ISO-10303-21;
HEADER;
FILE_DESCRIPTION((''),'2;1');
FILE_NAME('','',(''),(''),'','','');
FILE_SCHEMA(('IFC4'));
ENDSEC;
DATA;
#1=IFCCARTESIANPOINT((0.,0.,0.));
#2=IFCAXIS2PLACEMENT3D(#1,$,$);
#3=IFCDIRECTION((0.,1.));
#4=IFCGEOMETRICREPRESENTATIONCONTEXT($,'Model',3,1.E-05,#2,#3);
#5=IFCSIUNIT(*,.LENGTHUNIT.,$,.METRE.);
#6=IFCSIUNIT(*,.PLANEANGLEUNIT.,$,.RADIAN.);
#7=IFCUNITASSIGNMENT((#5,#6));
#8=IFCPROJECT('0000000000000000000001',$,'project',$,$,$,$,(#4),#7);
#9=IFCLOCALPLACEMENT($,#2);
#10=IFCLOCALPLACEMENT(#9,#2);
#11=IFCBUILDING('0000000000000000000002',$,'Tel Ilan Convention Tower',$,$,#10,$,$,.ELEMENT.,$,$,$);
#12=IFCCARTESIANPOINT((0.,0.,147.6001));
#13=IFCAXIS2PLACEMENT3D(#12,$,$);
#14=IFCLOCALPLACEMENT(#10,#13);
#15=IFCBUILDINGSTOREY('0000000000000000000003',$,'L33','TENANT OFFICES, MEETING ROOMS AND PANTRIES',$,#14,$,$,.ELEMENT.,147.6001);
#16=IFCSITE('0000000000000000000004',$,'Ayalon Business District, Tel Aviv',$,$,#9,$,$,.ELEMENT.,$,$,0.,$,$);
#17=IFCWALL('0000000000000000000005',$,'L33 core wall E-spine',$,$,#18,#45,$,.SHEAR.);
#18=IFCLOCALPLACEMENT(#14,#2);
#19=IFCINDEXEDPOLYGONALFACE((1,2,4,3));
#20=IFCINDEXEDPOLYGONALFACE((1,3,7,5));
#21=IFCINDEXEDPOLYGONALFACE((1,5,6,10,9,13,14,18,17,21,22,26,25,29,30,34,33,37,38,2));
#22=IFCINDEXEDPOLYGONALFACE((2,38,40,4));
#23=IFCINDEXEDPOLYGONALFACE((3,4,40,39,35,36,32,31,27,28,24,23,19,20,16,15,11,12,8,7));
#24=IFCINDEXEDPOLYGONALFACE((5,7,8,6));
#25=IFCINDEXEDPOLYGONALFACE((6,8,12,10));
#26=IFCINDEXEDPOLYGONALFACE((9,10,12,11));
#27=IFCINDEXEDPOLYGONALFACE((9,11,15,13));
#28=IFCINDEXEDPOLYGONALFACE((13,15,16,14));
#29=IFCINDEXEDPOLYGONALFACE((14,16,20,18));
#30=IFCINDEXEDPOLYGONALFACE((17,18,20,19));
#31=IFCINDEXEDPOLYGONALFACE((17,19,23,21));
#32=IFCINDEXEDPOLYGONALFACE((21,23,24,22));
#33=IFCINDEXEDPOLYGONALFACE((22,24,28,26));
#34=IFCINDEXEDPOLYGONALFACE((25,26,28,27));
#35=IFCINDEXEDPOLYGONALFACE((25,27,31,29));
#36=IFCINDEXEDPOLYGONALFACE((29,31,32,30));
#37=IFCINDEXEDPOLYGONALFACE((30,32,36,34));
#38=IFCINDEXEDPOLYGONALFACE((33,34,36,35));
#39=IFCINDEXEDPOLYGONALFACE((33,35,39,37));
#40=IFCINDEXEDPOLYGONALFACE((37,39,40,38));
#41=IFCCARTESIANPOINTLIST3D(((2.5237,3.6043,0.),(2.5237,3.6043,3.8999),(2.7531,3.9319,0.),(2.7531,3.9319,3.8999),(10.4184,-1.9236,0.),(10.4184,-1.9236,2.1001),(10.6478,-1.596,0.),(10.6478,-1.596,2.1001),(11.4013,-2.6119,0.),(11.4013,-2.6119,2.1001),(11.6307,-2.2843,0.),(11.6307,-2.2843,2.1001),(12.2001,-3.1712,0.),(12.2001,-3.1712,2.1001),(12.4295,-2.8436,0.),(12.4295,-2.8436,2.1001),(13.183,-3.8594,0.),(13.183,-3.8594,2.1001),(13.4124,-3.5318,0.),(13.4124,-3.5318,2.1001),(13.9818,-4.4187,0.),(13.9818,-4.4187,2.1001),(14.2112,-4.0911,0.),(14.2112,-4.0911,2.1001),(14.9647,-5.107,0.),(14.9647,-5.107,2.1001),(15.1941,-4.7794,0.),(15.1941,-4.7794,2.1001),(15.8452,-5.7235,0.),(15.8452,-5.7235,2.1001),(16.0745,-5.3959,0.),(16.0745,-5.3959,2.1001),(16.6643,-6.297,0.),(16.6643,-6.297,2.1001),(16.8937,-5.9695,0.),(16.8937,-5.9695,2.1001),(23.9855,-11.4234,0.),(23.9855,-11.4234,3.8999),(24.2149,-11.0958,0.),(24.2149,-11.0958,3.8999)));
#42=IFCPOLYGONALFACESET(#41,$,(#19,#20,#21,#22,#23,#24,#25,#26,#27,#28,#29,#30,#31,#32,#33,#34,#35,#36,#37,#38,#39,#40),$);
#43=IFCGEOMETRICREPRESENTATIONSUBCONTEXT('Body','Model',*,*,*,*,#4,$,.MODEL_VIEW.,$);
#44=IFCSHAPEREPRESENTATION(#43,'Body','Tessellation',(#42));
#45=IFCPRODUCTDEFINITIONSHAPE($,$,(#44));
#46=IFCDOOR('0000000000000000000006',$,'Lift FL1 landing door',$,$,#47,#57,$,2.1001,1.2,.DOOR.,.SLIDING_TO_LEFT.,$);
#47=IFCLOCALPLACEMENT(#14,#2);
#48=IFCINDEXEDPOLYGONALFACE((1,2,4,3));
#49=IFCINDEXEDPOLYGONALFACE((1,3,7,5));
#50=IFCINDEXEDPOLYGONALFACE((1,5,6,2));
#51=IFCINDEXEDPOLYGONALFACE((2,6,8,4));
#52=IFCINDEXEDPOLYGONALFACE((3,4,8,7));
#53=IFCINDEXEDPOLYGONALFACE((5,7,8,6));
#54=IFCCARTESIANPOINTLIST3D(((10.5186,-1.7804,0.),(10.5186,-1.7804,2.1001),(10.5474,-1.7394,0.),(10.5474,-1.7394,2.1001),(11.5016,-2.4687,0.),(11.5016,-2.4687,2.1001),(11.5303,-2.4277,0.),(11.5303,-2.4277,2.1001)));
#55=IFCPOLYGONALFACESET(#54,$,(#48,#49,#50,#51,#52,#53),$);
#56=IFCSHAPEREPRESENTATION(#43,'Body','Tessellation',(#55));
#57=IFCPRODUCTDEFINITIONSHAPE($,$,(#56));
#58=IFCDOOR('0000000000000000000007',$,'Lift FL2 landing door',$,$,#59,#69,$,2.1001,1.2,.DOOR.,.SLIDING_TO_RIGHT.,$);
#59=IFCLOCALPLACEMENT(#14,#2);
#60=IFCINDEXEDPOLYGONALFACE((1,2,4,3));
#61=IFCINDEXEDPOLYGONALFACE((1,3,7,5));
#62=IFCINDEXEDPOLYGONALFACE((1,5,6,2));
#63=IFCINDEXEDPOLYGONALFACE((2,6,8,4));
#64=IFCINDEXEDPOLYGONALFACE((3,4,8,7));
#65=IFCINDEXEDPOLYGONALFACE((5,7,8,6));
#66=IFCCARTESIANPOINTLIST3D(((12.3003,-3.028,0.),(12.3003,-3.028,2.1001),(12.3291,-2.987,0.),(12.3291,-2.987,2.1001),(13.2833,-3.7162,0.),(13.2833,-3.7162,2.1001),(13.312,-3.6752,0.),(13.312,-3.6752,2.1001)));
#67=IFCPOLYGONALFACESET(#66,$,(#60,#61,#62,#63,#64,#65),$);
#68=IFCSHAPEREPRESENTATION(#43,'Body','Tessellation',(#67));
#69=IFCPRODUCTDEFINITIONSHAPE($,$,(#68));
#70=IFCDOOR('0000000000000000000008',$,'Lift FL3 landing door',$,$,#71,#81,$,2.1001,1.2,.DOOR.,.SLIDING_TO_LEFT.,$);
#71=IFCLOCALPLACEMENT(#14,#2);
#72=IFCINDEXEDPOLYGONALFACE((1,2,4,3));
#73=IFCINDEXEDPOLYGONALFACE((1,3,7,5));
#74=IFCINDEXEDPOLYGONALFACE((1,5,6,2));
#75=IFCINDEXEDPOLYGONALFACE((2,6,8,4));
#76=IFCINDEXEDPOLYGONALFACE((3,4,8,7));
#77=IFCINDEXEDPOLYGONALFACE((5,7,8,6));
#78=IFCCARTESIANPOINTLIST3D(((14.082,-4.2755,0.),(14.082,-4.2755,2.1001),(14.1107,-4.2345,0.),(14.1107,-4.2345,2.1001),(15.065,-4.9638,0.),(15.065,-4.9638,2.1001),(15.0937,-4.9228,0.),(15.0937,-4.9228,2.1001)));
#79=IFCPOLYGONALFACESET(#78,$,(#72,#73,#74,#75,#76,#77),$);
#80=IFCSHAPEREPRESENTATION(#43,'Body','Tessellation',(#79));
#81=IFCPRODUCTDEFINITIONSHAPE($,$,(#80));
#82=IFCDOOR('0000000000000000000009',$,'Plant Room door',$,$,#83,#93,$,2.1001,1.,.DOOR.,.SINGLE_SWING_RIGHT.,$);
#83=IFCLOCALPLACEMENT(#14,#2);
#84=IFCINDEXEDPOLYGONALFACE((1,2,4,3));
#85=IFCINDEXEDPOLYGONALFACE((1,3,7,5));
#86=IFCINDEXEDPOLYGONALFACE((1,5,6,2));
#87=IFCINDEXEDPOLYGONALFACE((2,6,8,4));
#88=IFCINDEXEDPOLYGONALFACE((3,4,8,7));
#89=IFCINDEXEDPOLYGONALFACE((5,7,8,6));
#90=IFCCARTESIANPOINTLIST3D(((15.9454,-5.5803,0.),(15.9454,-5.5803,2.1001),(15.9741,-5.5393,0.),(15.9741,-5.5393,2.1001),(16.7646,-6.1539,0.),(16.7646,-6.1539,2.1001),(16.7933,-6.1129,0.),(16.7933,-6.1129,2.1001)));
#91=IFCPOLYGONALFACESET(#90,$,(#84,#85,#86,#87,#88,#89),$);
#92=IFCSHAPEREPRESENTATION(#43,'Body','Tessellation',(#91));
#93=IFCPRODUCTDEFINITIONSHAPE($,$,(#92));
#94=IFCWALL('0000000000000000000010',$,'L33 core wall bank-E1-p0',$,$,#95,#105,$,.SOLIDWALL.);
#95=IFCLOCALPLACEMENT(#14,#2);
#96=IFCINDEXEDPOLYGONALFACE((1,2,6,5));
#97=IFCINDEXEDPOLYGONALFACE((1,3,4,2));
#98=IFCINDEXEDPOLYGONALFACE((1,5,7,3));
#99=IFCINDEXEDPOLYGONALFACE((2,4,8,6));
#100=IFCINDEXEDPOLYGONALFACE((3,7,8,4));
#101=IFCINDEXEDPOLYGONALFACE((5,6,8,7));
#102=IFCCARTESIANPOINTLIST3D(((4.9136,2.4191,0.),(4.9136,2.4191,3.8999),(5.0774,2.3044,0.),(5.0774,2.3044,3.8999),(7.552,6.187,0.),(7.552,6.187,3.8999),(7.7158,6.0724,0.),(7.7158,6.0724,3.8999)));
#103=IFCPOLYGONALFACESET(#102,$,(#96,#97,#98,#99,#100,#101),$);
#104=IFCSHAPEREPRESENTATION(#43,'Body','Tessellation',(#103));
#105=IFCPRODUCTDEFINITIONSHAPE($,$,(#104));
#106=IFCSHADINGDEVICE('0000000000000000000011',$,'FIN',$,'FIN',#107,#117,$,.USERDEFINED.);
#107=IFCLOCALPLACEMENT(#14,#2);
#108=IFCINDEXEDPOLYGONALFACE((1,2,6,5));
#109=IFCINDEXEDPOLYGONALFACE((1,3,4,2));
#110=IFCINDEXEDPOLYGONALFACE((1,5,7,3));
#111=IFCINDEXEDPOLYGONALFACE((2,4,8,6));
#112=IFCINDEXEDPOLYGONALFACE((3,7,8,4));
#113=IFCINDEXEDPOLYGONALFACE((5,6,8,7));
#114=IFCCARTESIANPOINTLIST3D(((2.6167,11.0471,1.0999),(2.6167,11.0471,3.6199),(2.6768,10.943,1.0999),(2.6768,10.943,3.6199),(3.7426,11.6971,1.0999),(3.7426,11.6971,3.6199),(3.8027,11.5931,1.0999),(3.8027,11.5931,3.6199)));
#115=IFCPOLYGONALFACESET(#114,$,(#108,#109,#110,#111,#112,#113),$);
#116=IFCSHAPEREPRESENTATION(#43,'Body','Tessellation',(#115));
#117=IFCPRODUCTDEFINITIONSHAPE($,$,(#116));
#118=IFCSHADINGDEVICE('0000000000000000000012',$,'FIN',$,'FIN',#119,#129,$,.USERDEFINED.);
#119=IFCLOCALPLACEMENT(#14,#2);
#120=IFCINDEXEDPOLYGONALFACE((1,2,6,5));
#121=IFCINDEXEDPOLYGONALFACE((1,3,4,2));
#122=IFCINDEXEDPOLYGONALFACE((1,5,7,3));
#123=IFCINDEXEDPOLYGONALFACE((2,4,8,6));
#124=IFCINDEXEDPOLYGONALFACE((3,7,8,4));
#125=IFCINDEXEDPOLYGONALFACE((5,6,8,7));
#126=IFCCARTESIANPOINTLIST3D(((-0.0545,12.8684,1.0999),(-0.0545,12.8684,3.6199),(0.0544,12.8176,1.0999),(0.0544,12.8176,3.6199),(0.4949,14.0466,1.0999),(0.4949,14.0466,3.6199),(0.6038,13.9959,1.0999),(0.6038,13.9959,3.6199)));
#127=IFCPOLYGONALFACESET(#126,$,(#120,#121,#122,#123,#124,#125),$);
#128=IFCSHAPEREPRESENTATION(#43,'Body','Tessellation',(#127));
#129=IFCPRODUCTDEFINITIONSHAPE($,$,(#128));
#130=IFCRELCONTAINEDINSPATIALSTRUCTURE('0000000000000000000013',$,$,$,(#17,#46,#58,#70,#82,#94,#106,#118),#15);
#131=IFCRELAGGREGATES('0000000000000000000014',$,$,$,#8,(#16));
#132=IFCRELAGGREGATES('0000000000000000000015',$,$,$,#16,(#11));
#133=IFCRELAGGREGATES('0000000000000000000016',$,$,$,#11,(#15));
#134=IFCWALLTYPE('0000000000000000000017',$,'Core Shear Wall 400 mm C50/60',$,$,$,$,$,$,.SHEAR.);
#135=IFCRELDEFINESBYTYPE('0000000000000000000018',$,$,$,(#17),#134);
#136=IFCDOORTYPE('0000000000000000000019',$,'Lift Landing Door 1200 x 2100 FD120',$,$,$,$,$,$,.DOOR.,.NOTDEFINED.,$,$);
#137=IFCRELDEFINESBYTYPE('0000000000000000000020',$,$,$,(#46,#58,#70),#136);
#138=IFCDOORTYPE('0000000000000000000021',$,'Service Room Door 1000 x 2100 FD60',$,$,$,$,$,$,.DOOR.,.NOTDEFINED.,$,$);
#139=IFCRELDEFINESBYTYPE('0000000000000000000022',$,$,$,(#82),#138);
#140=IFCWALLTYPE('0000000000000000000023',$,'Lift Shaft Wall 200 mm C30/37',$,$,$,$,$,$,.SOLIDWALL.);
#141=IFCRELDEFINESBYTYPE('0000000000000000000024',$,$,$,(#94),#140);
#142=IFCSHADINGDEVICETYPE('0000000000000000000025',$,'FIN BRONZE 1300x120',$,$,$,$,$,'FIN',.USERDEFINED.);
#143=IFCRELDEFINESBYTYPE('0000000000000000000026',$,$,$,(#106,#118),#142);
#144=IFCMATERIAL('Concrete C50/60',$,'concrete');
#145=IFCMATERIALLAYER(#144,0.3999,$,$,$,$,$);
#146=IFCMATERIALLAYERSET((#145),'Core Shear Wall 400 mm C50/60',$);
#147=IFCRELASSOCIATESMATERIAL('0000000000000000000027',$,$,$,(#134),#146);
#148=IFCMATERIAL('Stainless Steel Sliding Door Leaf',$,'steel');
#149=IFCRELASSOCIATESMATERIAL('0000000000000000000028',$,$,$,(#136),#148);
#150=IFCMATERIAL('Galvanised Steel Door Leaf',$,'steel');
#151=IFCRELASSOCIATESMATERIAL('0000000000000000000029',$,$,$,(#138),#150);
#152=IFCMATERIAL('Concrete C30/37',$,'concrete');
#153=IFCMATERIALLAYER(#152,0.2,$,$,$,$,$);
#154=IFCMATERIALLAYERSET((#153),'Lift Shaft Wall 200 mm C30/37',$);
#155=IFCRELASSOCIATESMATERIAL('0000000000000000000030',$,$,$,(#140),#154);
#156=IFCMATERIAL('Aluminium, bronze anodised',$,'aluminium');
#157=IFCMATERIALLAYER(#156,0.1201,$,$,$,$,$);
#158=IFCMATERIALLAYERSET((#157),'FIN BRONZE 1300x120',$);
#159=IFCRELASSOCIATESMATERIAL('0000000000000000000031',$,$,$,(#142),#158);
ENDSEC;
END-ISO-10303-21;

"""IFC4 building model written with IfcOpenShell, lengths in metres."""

from ifc_helpers import new_model, si_unit, direction, frame, frame_2d, origin, origin_2d, place, context, subcontext, project, spatial, polyline, rectangle, outline, extrude, material, layer, layer_set, type_object, element, fill, save


model = new_model("IFC4")

# Units and contexts
model_context = context("Model", 3, precision=1e-05, world=origin(), true_north=direction((0.0, 1.0)))
body_context = subcontext(model_context, "Body", "Model", "MODEL_VIEW")
ifc_project = project(units=[si_unit("LENGTHUNIT", "METRE"), si_unit("PLANEANGLEUNIT", "RADIAN")], contexts=[model_context])

# Site, building, storey
site_placement = place(None, origin())
site = spatial("IfcSite", under=ifc_project, at=site_placement, Name="Ayalon Business District, Tel Aviv", CompositionType="ELEMENT", RefElevation=0.0)
building_placement = place(site_placement, origin())
building = spatial("IfcBuilding", under=site, at=building_placement, Name="Tel Ilan Convention Tower", CompositionType="ELEMENT")
storey_placement = place(building_placement, frame((0.0, 0.0, 147.6001)))
storey = spatial("IfcBuildingStorey", under=building, at=storey_placement, Name="L33", Description="TENANT OFFICES, MEETING ROOMS AND PANTRIES", CompositionType="ELEMENT", Elevation=147.6001)

# Wall, openings, doors
ifc_material_1 = material(Name="Concrete C50/60", Category="concrete")
ifc_layer_1 = layer(ifc_material_1, 0.3999)
ifc_layer_set_1 = layer_set([ifc_layer_1], Name="Core Shear Wall 400 mm C50/60")
wall_type_1 = type_object("IfcWallType", Name="Core Shear Wall 400 mm C50/60", PredefinedType="SHEAR", material=ifc_layer_set_1)
wall_1_placement = place(storey_placement, frame((2.6384, 3.7681, 0.0), z_axis=(0.0, 0.0, 1.0), x_axis=(0.819153, -0.573576, 0.0)))
wall_1 = element("IfcWall", 1, at=wall_1_placement, inside=storey, type_object=wall_type_1, Name="L33 core wall E-spine", PredefinedType="SHEAR", context=body_context, shape_type="SweptSolid", body=[
    extrude(outline(polyline([(0.0, 0.2), (0.0, -0.2), (26.2, -0.2), (26.2, 0.2), (0.0, 0.2)])), origin(), (0.0, 0.0, 1.0), 3.8999),
])
opening_1_placement = place(wall_1_placement, frame((9.6375, 0.0, 0.0)))
opening_1 = element("IfcOpeningElement", 2, at=opening_1_placement, cuts=wall_1, PredefinedType="OPENING", context=body_context, shape_type="SweptSolid", body=[
    extrude(rectangle(XDim=1.2, YDim=2.1001, at=frame_2d((0.6001, 1.05))), frame((0.0, 0.21, 0.0), z_axis=(0.0, -1.0, 0.0), x_axis=(1.0, 0.0, 0.0)), (0.0, 0.0, 1.0), 0.4199),
])
opening_2_placement = place(wall_1_placement, frame((11.8125, 0.0, 0.0)))
opening_2 = element("IfcOpeningElement", 3, at=opening_2_placement, cuts=wall_1, PredefinedType="OPENING", context=body_context, shape_type="SweptSolid", body=[
    extrude(rectangle(XDim=1.2, YDim=2.1001, at=frame_2d((0.6001, 1.05))), frame((0.0, 0.21, 0.0), z_axis=(0.0, -1.0, 0.0), x_axis=(1.0, 0.0, 0.0)), (0.0, 0.0, 1.0), 0.4199),
])
opening_3_placement = place(wall_1_placement, frame((13.9875, 0.0, 0.0)))
opening_3 = element("IfcOpeningElement", 4, at=opening_3_placement, cuts=wall_1, PredefinedType="OPENING", context=body_context, shape_type="SweptSolid", body=[
    extrude(rectangle(XDim=1.2, YDim=2.1001, at=frame_2d((0.6001, 1.05))), frame((0.0, 0.21, 0.0), z_axis=(0.0, -1.0, 0.0), x_axis=(1.0, 0.0, 0.0)), (0.0, 0.0, 1.0), 0.4199),
])
opening_4_placement = place(wall_1_placement, frame((16.2625, 0.0, 0.0)))
opening_4 = element("IfcOpeningElement", 5, at=opening_4_placement, cuts=wall_1, PredefinedType="OPENING", context=body_context, shape_type="SweptSolid", body=[
    extrude(rectangle(XDim=1.0, YDim=2.1001, at=frame_2d((0.5, 1.05))), frame((0.0, 0.21, 0.0), z_axis=(0.0, -1.0, 0.0), x_axis=(1.0, 0.0, 0.0)), (0.0, 0.0, 1.0), 0.4199),
])
ifc_material_2 = material(Name="Stainless Steel Sliding Door Leaf", Category="steel")
door_type_1 = type_object("IfcDoorType", Name="Lift Landing Door 1200 x 2100 FD120", OperationType="NOTDEFINED", PredefinedType="DOOR", material=ifc_material_2)
door_1_placement = place(opening_1_placement, origin())
door_1 = element("IfcDoor", 6, at=door_1_placement, inside=storey, type_object=door_type_1, Name="Lift FL1 landing door", OperationType="SLIDING_TO_LEFT", OverallHeight=2.1001, OverallWidth=1.2, PredefinedType="DOOR", context=body_context, shape_type="SweptSolid", body=[
    extrude(rectangle(XDim=1.2, YDim=2.1001, at=frame_2d((0.6001, 1.05))), frame((0.0, 0.0249, 0.0), z_axis=(0.0, -1.0, 0.0), x_axis=(1.0, 0.0, 0.0)), (0.0, 0.0, 1.0), 0.05),
])
fill(opening_1, door_1)
door_2_placement = place(opening_2_placement, origin())
door_2 = element("IfcDoor", 7, at=door_2_placement, inside=storey, type_object=door_type_1, Name="Lift FL2 landing door", OperationType="SLIDING_TO_RIGHT", OverallHeight=2.1001, OverallWidth=1.2, PredefinedType="DOOR", context=body_context, shape_type="SweptSolid", body=[
    extrude(rectangle(XDim=1.2, YDim=2.1001, at=frame_2d((0.6001, 1.05))), frame((0.0, 0.0249, 0.0), z_axis=(0.0, -1.0, 0.0), x_axis=(1.0, 0.0, 0.0)), (0.0, 0.0, 1.0), 0.05),
])
fill(opening_2, door_2)
door_3_placement = place(opening_3_placement, origin())
door_3 = element("IfcDoor", 8, at=door_3_placement, inside=storey, type_object=door_type_1, Name="Lift FL3 landing door", OperationType="SLIDING_TO_LEFT", OverallHeight=2.1001, OverallWidth=1.2, PredefinedType="DOOR", context=body_context, shape_type="SweptSolid", body=[
    extrude(rectangle(XDim=1.2, YDim=2.1001, at=frame_2d((0.6001, 1.05))), frame((0.0, 0.0249, 0.0), z_axis=(0.0, -1.0, 0.0), x_axis=(1.0, 0.0, 0.0)), (0.0, 0.0, 1.0), 0.05),
])
fill(opening_3, door_3)
ifc_material_3 = material(Name="Galvanised Steel Door Leaf", Category="steel")
door_type_2 = type_object("IfcDoorType", Name="Service Room Door 1000 x 2100 FD60", OperationType="NOTDEFINED", PredefinedType="DOOR", material=ifc_material_3)
door_4_placement = place(opening_4_placement, origin())
door_4 = element("IfcDoor", 9, at=door_4_placement, inside=storey, type_object=door_type_2, Name="Plant Room door", OperationType="SINGLE_SWING_RIGHT", OverallHeight=2.1001, OverallWidth=1.0, PredefinedType="DOOR", context=body_context, shape_type="SweptSolid", body=[
    extrude(rectangle(XDim=1.0, YDim=2.1001, at=frame_2d((0.5, 1.05))), frame((0.0, 0.0249, 0.0), z_axis=(0.0, -1.0, 0.0), x_axis=(1.0, 0.0, 0.0)), (0.0, 0.0, 1.0), 0.05),
])
fill(opening_4, door_4)

# Wall
ifc_material_4 = material(Name="Concrete C30/37", Category="concrete")
ifc_layer_2 = layer(ifc_material_4, 0.2)
ifc_layer_set_2 = layer_set([ifc_layer_2], Name="Lift Shaft Wall 200 mm C30/37")
wall_type_2 = type_object("IfcWallType", Name="Lift Shaft Wall 200 mm C30/37", PredefinedType="SOLIDWALL", material=ifc_layer_set_2)
wall_2_placement = place(storey_placement, frame((4.9956, 2.3618, 0.0), z_axis=(0.0, 0.0, 1.0), x_axis=(0.573576, 0.819152, 0.0)))
element("IfcWall", 10, at=wall_2_placement, inside=storey, type_object=wall_type_2, Name="L33 core wall bank-E1-p0", PredefinedType="SOLIDWALL", context=body_context, shape_type="SweptSolid", body=[
    extrude(rectangle(XDim=4.5999, YDim=0.2, at=frame_2d((2.2998, 0.0))), origin(), (0.0, 0.0, 1.0), 3.8999),
])

# Shading devices
ifc_material_5 = material(Name="Aluminium, bronze anodised", Category="aluminium")
ifc_layer_3 = layer(ifc_material_5, 0.1201)
ifc_layer_set_3 = layer_set([ifc_layer_3], Name="FIN BRONZE 1300x120")
shading_device_type = type_object("IfcShadingDeviceType", Name="FIN BRONZE 1300x120", ElementType="FIN", PredefinedType="USERDEFINED", material=ifc_layer_set_3)
for number, where, z_axis, x_axis, name in (
    (11, (3.2097, 11.3201, 1.0999), (0.0, 0.0, 1.0), (0.866025, 0.5, 0.0), "FIN"),
    (12, (0.2747, 13.4321, 1.0999), (0.0, 0.0, 1.0), (0.422618, 0.906308, 0.0), "FIN"),
):
    element("IfcShadingDevice", number, at=place(storey_placement, frame(where, z_axis=z_axis, x_axis=x_axis)), inside=storey, type_object=shading_device_type, Name=name, ObjectType="FIN", PredefinedType="USERDEFINED", context=body_context, shape_type="SweptSolid", body=[
        extrude(rectangle(XDim=1.3, YDim=0.1201, at=origin_2d()), origin(), (0.0, 0.0, 1.0), 2.52),
    ])

save(model, "model.ifc")
